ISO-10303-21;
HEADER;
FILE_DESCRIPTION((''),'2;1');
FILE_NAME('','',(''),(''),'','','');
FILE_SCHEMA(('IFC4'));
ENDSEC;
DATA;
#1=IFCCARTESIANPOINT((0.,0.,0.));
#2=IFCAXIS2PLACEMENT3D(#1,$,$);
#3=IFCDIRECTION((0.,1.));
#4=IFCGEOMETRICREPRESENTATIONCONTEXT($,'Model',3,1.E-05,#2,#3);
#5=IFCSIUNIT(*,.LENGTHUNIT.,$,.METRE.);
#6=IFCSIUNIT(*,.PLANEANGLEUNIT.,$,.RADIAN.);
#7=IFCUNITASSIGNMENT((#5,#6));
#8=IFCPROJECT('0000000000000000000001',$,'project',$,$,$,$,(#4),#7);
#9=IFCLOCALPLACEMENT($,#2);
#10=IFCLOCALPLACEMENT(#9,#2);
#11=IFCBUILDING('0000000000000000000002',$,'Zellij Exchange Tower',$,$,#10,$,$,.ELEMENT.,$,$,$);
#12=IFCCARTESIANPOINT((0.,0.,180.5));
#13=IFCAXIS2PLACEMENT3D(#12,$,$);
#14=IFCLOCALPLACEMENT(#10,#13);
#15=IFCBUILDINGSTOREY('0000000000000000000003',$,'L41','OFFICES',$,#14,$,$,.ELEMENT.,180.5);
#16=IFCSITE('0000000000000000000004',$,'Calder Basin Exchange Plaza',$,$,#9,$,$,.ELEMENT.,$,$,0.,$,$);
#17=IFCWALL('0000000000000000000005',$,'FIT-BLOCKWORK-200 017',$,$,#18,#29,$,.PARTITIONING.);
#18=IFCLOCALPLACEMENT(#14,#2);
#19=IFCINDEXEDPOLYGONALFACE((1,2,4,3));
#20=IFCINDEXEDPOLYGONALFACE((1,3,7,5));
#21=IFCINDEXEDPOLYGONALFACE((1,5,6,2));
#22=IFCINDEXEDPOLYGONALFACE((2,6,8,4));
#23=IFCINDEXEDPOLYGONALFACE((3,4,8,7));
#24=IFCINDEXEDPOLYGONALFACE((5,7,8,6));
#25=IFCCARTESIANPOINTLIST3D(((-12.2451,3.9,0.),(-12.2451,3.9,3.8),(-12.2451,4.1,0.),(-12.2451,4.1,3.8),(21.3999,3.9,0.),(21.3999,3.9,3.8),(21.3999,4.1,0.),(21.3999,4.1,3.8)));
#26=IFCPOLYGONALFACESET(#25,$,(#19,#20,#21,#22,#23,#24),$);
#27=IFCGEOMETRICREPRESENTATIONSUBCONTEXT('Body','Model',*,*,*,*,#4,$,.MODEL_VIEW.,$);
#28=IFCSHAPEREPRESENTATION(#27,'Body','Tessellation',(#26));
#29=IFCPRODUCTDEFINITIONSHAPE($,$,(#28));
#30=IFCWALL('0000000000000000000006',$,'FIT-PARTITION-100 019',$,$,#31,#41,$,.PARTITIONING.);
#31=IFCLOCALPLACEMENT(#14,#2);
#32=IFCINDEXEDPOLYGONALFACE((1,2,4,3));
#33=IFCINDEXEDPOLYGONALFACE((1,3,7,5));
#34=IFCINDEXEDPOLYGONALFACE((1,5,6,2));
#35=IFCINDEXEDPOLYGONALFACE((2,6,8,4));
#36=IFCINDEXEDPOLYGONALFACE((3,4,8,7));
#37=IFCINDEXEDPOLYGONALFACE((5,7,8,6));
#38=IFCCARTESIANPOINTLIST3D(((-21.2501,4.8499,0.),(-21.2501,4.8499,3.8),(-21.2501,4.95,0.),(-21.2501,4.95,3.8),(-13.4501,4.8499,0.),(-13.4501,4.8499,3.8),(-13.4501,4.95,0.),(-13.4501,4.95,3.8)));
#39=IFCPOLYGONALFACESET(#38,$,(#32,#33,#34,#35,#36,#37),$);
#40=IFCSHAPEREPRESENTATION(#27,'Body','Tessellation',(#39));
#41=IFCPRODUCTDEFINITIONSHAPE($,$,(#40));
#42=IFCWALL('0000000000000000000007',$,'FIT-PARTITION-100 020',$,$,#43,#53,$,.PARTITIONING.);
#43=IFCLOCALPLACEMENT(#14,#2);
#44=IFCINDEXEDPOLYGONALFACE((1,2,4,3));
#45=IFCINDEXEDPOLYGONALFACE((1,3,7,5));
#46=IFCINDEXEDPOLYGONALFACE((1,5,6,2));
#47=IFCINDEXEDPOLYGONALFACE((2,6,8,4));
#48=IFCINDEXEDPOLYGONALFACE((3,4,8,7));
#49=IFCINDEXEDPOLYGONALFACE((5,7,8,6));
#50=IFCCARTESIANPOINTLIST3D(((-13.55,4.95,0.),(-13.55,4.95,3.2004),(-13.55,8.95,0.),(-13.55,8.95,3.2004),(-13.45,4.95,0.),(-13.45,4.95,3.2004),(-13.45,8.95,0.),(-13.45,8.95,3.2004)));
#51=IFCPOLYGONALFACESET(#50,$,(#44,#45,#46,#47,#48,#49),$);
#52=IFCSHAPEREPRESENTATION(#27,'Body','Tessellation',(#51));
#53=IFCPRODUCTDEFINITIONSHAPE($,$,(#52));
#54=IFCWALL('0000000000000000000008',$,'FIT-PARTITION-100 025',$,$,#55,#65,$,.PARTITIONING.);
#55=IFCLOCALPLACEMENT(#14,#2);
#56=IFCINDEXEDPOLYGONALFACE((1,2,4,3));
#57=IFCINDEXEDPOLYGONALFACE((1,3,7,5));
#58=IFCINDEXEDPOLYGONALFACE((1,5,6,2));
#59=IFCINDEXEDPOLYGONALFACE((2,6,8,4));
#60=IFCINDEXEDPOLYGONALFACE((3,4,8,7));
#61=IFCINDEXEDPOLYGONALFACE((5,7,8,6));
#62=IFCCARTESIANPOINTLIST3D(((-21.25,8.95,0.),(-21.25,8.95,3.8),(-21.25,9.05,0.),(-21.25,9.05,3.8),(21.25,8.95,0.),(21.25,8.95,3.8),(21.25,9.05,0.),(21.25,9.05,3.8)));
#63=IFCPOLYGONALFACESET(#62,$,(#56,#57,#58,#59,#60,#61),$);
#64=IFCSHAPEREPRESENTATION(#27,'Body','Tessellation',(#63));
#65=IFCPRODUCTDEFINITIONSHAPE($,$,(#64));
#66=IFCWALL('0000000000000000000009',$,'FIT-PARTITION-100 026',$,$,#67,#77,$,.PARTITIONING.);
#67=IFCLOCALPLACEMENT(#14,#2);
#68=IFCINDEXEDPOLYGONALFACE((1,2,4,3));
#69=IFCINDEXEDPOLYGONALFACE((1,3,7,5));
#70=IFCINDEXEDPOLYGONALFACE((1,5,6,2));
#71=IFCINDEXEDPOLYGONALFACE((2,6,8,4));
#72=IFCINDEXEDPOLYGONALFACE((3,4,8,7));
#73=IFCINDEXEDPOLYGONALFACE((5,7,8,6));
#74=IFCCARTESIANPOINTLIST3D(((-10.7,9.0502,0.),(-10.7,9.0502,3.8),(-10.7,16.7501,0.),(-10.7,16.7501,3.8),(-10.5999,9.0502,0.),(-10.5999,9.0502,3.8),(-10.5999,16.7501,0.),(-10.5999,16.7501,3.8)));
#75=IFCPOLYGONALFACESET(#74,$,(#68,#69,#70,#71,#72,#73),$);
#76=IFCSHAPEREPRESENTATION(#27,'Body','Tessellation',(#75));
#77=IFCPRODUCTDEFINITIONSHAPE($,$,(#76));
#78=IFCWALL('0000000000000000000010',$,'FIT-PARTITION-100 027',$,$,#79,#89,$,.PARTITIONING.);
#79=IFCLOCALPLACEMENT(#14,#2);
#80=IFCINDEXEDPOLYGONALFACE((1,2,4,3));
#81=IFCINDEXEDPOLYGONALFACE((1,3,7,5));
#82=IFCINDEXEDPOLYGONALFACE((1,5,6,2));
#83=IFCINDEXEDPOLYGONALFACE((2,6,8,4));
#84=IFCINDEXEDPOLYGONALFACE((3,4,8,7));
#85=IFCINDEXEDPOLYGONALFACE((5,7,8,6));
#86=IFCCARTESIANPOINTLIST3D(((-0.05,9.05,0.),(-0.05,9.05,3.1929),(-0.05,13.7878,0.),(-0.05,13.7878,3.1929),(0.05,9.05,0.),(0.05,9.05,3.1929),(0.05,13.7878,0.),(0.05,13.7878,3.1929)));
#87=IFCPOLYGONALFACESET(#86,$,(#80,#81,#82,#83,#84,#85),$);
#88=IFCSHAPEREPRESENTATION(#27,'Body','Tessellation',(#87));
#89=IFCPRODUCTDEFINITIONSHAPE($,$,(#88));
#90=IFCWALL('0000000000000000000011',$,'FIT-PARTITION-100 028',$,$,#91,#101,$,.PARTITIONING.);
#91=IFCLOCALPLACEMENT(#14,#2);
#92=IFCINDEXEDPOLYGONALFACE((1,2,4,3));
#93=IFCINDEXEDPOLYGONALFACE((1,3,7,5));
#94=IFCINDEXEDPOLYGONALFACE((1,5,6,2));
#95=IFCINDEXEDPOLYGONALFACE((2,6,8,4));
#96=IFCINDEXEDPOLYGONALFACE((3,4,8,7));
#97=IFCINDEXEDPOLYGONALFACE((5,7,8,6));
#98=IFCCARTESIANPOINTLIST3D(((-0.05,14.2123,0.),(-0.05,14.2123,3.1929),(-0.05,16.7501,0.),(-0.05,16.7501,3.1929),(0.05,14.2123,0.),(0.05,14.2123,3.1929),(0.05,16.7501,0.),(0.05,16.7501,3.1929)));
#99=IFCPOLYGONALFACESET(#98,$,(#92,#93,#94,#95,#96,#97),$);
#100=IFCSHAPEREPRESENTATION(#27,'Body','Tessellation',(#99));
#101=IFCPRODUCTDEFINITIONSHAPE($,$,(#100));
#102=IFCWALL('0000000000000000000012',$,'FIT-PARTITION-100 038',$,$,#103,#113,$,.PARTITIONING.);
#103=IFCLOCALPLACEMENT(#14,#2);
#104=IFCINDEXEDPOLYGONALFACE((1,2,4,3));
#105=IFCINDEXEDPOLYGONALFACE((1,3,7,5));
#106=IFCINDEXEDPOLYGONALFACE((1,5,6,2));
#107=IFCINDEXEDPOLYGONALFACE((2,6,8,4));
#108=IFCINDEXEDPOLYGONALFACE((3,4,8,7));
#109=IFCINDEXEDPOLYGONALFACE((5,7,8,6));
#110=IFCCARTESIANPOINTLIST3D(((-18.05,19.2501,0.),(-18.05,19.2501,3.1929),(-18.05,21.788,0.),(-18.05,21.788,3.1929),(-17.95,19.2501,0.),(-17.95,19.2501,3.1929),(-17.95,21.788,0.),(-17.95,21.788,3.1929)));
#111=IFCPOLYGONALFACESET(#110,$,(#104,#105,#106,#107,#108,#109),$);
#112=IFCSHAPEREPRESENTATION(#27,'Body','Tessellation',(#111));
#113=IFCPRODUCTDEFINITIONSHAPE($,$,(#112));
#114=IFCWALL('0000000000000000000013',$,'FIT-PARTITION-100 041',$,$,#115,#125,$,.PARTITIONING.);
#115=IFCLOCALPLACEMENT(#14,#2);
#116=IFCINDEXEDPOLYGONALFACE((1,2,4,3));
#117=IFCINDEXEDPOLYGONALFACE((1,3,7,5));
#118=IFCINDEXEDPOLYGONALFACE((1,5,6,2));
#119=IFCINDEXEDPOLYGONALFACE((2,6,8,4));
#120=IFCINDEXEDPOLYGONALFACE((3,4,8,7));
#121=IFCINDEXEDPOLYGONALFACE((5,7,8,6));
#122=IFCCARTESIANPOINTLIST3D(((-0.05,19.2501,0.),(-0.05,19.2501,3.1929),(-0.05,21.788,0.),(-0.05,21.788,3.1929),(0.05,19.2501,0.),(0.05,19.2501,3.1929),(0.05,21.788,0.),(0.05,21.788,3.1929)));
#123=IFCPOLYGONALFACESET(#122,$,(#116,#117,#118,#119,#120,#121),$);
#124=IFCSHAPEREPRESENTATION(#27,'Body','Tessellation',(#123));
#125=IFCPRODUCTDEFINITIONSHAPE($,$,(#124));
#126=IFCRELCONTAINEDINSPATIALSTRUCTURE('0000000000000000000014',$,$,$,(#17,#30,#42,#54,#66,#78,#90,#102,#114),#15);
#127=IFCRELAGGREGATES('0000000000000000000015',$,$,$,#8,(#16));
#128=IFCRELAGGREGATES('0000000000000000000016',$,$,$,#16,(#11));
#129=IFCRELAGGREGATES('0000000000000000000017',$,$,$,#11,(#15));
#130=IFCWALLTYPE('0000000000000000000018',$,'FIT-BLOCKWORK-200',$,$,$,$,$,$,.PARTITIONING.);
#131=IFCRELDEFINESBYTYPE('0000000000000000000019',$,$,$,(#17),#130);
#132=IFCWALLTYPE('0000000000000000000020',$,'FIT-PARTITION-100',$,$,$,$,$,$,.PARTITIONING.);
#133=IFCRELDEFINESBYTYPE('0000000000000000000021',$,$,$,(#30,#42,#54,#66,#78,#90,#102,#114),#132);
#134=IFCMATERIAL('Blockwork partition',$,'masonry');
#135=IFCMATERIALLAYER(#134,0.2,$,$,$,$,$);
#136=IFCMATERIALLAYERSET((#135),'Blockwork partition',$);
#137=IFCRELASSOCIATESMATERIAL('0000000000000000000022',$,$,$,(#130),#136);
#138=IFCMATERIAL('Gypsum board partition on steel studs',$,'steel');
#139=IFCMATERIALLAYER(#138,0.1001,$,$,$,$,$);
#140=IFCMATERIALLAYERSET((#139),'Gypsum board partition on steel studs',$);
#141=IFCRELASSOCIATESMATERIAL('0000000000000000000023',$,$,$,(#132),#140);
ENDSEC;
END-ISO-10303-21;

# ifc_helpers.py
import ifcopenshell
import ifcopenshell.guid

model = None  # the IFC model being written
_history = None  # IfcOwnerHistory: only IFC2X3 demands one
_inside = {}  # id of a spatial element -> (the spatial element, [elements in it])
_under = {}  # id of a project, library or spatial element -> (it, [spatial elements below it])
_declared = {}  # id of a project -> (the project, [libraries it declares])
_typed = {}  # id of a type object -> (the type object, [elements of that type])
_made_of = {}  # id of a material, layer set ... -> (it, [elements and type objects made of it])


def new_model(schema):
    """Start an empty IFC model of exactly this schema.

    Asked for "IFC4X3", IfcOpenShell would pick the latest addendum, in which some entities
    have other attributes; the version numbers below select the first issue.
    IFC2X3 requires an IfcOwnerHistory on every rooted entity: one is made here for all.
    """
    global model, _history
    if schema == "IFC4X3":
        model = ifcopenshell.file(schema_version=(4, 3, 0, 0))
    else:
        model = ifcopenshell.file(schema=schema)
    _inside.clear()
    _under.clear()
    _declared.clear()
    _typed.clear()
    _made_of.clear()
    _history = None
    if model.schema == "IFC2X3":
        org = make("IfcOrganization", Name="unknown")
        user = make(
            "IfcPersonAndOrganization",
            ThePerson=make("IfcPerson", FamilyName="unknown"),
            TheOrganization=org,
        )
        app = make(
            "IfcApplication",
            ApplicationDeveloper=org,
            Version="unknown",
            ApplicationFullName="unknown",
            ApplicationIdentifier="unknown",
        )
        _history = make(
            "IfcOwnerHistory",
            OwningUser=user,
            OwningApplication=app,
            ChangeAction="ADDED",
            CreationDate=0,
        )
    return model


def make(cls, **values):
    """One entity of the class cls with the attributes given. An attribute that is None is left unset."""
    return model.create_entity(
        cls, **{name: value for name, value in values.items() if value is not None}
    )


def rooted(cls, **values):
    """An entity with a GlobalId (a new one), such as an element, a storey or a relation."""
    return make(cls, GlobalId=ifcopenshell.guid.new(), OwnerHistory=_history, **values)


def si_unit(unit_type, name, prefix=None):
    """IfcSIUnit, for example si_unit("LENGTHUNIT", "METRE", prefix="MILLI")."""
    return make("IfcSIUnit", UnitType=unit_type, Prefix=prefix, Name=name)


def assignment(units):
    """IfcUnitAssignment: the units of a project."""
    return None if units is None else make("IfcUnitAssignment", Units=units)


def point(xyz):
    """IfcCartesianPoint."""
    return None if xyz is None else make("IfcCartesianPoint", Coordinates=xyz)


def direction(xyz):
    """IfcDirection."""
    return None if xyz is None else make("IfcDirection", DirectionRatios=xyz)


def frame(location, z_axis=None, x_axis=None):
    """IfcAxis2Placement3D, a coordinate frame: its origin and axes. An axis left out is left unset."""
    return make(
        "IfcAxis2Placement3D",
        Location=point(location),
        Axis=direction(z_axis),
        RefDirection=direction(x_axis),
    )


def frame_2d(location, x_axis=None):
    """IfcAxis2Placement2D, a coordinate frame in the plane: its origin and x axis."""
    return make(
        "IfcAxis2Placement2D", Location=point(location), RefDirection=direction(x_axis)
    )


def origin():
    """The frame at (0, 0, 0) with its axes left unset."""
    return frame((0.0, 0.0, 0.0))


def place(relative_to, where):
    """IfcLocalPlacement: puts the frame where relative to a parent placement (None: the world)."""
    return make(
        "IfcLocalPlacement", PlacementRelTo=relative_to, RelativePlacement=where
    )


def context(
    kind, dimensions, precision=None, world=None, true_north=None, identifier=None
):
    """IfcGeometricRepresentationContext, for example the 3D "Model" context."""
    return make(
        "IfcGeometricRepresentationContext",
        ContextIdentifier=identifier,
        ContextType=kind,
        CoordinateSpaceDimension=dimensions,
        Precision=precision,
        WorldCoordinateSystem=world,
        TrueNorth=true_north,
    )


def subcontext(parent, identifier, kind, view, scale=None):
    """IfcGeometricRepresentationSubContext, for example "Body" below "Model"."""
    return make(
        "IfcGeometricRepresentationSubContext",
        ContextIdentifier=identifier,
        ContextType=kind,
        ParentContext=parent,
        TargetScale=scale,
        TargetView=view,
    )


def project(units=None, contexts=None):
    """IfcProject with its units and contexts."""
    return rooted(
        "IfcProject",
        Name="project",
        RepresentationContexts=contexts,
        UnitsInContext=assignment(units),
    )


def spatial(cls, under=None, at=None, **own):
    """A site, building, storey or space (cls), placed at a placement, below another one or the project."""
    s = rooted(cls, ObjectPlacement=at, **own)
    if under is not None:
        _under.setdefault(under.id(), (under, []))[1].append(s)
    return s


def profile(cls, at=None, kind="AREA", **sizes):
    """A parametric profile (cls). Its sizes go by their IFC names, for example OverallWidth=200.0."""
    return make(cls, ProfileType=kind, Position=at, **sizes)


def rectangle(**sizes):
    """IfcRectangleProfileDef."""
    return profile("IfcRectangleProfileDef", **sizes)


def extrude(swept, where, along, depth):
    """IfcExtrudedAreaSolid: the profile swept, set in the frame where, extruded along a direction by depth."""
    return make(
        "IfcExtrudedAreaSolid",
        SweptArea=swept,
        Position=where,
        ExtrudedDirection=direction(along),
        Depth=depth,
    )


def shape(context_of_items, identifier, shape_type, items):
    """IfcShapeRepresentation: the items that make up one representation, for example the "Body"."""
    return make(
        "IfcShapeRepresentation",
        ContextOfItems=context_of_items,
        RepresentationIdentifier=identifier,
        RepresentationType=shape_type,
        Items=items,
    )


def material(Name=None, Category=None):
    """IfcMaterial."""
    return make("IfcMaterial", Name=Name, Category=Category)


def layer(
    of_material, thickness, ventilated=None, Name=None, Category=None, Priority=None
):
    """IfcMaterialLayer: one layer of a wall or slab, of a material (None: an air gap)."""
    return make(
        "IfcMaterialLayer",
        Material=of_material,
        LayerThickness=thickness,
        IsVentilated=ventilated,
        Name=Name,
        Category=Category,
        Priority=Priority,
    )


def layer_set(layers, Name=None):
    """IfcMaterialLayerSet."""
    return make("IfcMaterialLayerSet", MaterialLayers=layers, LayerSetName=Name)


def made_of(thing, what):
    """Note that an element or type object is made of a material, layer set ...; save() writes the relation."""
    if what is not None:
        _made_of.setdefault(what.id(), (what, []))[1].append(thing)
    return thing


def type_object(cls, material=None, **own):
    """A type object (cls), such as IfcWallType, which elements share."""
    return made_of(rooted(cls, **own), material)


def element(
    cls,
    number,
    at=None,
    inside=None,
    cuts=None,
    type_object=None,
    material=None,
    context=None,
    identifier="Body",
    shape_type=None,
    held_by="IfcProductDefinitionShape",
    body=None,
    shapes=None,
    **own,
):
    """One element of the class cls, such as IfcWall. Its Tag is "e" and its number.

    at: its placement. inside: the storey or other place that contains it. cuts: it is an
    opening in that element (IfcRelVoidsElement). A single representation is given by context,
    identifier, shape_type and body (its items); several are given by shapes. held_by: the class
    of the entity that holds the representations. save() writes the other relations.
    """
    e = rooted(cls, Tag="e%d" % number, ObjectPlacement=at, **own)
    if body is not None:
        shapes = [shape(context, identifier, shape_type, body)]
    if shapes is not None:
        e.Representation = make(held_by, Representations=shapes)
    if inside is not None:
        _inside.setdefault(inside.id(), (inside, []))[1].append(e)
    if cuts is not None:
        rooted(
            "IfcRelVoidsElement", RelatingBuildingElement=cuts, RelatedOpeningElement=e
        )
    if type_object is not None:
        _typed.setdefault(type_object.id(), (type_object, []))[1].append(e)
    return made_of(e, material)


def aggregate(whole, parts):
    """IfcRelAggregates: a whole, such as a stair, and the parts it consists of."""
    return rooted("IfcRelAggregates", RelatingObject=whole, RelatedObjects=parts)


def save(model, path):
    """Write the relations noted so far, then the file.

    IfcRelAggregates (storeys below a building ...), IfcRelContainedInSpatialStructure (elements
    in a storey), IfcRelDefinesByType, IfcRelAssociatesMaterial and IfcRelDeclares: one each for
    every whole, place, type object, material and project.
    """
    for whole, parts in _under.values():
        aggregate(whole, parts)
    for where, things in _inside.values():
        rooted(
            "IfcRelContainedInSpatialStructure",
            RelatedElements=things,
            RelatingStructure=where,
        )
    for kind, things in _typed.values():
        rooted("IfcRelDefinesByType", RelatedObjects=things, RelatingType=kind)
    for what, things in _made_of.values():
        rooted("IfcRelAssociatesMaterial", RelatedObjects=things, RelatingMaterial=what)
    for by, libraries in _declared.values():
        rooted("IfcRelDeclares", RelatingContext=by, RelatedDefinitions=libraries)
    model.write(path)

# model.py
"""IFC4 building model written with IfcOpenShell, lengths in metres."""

from ifc_helpers import new_model, si_unit, direction, frame, frame_2d, origin, place, context, subcontext, project, spatial, rectangle, extrude, material, layer, layer_set, type_object, element, save


model = new_model("IFC4")

# Units and contexts
model_context = context("Model", 3, precision=1e-05, world=origin(), true_north=direction((0.0, 1.0)))
body_context = subcontext(model_context, "Body", "Model", "MODEL_VIEW")
ifc_project = project(units=[si_unit("LENGTHUNIT", "METRE"), si_unit("PLANEANGLEUNIT", "RADIAN")], contexts=[model_context])

# Site, building, storey
site_placement = place(None, origin())
site = spatial("IfcSite", under=ifc_project, at=site_placement, Name="Calder Basin Exchange Plaza", CompositionType="ELEMENT", RefElevation=0.0)
building_placement = place(site_placement, origin())
building = spatial("IfcBuilding", under=site, at=building_placement, Name="Zellij Exchange Tower", CompositionType="ELEMENT")
storey_placement = place(building_placement, frame((0.0, 0.0, 180.5)))
storey = spatial("IfcBuildingStorey", under=building, at=storey_placement, Name="L41", Description="OFFICES", CompositionType="ELEMENT", Elevation=180.5)

# Walls
ifc_material_1 = material(Name="Blockwork partition", Category="masonry")
ifc_layer_1 = layer(ifc_material_1, 0.2)
ifc_layer_set_1 = layer_set([ifc_layer_1], Name="Blockwork partition")
wall_type_1 = type_object("IfcWallType", Name="FIT-BLOCKWORK-200", PredefinedType="PARTITIONING", material=ifc_layer_set_1)
wall_1_placement = place(storey_placement, frame((-12.2451, 4.0, 0.0), z_axis=(0.0, 0.0, 1.0), x_axis=(1.0, 0.0, 0.0)))
element("IfcWall", 1, at=wall_1_placement, inside=storey, type_object=wall_type_1, Name="FIT-BLOCKWORK-200 017", PredefinedType="PARTITIONING", context=body_context, shape_type="SweptSolid", body=[
    extrude(rectangle(XDim=33.645, YDim=0.2, at=frame_2d((16.8225, 0.0))), origin(), (0.0, 0.0, 1.0), 3.8),
])
ifc_material_2 = material(Name="Gypsum board partition on steel studs", Category="steel")
ifc_layer_2 = layer(ifc_material_2, 0.1001)
ifc_layer_set_2 = layer_set([ifc_layer_2], Name="Gypsum board partition on steel studs")
wall_type_2 = type_object("IfcWallType", Name="FIT-PARTITION-100", PredefinedType="PARTITIONING", material=ifc_layer_set_2)
wall_2_placement = place(storey_placement, frame((-21.25, 4.8999, 0.0), z_axis=(0.0, 0.0, 1.0), x_axis=(1.0, 0.0, 0.0)))
element("IfcWall", 2, at=wall_2_placement, inside=storey, type_object=wall_type_2, Name="FIT-PARTITION-100 019", PredefinedType="PARTITIONING", context=body_context, shape_type="SweptSolid", body=[
    extrude(rectangle(XDim=7.8, YDim=0.1001, at=frame_2d((3.8999, 0.0))), origin(), (0.0, 0.0, 1.0), 3.8),
])
wall_3_placement = place(storey_placement, frame((-13.5, 4.95, 0.0), z_axis=(0.0, 0.0, 1.0), x_axis=(0.0, 1.0, 0.0)))
element("IfcWall", 3, at=wall_3_placement, inside=storey, type_object=wall_type_2, Name="FIT-PARTITION-100 020", PredefinedType="PARTITIONING", context=body_context, shape_type="SweptSolid", body=[
    extrude(rectangle(XDim=4.0, YDim=0.1001, at=frame_2d((2.0, 0.0))), origin(), (0.0, 0.0, 1.0), 3.2004),
])
wall_4_placement = place(storey_placement, frame((-21.25, 9.0, 0.0), z_axis=(0.0, 0.0, 1.0), x_axis=(1.0, 0.0, 0.0)))
element("IfcWall", 4, at=wall_4_placement, inside=storey, type_object=wall_type_2, Name="FIT-PARTITION-100 025", PredefinedType="PARTITIONING", context=body_context, shape_type="SweptSolid", body=[
    extrude(rectangle(XDim=42.5, YDim=0.1001, at=frame_2d((21.25, 0.0))), origin(), (0.0, 0.0, 1.0), 3.8),
])
wall_5_placement = place(storey_placement, frame((-10.6499, 9.05, 0.0), z_axis=(0.0, 0.0, 1.0), x_axis=(0.0, 1.0, 0.0)))
element("IfcWall", 5, at=wall_5_placement, inside=storey, type_object=wall_type_2, Name="FIT-PARTITION-100 026", PredefinedType="PARTITIONING", context=body_context, shape_type="SweptSolid", body=[
    extrude(rectangle(XDim=7.7, YDim=0.1001, at=frame_2d((3.8501, 0.0))), origin(), (0.0, 0.0, 1.0), 3.8),
])
wall_6_placement = place(storey_placement, frame((0.0, 9.05, 0.0), z_axis=(0.0, 0.0, 1.0), x_axis=(0.0, 1.0, 0.0)))
element("IfcWall", 6, at=wall_6_placement, inside=storey, type_object=wall_type_2, Name="FIT-PARTITION-100 027", PredefinedType="PARTITIONING", context=body_context, shape_type="SweptSolid", body=[
    extrude(rectangle(XDim=4.7378, YDim=0.1001, at=frame_2d((2.3689, 0.0))), origin(), (0.0, 0.0, 1.0), 3.1929),
])
for number, where, z_axis, x_axis, name in (
    (7, (0.0, 14.2122, 0.0), (0.0, 0.0, 1.0), (0.0, 1.0, 0.0), "FIT-PARTITION-100 028"),
    (8, (-18.0, 19.25, 0.0), (0.0, 0.0, 1.0), (0.0, 1.0, 0.0), "FIT-PARTITION-100 038"),
    (9, (0.0, 19.25, 0.0), (0.0, 0.0, 1.0), (0.0, 1.0, 0.0), "FIT-PARTITION-100 041"),
):
    element("IfcWall", number, at=place(storey_placement, frame(where, z_axis=z_axis, x_axis=x_axis)), inside=storey, type_object=wall_type_2, Name=name, PredefinedType="PARTITIONING", context=body_context, shape_type="SweptSolid", body=[
        extrude(rectangle(XDim=2.5378, YDim=0.1001, at=frame_2d((1.269, 0.0))), origin(), (0.0, 0.0, 1.0), 3.1929),
    ])

save(model, "model.ifc")
